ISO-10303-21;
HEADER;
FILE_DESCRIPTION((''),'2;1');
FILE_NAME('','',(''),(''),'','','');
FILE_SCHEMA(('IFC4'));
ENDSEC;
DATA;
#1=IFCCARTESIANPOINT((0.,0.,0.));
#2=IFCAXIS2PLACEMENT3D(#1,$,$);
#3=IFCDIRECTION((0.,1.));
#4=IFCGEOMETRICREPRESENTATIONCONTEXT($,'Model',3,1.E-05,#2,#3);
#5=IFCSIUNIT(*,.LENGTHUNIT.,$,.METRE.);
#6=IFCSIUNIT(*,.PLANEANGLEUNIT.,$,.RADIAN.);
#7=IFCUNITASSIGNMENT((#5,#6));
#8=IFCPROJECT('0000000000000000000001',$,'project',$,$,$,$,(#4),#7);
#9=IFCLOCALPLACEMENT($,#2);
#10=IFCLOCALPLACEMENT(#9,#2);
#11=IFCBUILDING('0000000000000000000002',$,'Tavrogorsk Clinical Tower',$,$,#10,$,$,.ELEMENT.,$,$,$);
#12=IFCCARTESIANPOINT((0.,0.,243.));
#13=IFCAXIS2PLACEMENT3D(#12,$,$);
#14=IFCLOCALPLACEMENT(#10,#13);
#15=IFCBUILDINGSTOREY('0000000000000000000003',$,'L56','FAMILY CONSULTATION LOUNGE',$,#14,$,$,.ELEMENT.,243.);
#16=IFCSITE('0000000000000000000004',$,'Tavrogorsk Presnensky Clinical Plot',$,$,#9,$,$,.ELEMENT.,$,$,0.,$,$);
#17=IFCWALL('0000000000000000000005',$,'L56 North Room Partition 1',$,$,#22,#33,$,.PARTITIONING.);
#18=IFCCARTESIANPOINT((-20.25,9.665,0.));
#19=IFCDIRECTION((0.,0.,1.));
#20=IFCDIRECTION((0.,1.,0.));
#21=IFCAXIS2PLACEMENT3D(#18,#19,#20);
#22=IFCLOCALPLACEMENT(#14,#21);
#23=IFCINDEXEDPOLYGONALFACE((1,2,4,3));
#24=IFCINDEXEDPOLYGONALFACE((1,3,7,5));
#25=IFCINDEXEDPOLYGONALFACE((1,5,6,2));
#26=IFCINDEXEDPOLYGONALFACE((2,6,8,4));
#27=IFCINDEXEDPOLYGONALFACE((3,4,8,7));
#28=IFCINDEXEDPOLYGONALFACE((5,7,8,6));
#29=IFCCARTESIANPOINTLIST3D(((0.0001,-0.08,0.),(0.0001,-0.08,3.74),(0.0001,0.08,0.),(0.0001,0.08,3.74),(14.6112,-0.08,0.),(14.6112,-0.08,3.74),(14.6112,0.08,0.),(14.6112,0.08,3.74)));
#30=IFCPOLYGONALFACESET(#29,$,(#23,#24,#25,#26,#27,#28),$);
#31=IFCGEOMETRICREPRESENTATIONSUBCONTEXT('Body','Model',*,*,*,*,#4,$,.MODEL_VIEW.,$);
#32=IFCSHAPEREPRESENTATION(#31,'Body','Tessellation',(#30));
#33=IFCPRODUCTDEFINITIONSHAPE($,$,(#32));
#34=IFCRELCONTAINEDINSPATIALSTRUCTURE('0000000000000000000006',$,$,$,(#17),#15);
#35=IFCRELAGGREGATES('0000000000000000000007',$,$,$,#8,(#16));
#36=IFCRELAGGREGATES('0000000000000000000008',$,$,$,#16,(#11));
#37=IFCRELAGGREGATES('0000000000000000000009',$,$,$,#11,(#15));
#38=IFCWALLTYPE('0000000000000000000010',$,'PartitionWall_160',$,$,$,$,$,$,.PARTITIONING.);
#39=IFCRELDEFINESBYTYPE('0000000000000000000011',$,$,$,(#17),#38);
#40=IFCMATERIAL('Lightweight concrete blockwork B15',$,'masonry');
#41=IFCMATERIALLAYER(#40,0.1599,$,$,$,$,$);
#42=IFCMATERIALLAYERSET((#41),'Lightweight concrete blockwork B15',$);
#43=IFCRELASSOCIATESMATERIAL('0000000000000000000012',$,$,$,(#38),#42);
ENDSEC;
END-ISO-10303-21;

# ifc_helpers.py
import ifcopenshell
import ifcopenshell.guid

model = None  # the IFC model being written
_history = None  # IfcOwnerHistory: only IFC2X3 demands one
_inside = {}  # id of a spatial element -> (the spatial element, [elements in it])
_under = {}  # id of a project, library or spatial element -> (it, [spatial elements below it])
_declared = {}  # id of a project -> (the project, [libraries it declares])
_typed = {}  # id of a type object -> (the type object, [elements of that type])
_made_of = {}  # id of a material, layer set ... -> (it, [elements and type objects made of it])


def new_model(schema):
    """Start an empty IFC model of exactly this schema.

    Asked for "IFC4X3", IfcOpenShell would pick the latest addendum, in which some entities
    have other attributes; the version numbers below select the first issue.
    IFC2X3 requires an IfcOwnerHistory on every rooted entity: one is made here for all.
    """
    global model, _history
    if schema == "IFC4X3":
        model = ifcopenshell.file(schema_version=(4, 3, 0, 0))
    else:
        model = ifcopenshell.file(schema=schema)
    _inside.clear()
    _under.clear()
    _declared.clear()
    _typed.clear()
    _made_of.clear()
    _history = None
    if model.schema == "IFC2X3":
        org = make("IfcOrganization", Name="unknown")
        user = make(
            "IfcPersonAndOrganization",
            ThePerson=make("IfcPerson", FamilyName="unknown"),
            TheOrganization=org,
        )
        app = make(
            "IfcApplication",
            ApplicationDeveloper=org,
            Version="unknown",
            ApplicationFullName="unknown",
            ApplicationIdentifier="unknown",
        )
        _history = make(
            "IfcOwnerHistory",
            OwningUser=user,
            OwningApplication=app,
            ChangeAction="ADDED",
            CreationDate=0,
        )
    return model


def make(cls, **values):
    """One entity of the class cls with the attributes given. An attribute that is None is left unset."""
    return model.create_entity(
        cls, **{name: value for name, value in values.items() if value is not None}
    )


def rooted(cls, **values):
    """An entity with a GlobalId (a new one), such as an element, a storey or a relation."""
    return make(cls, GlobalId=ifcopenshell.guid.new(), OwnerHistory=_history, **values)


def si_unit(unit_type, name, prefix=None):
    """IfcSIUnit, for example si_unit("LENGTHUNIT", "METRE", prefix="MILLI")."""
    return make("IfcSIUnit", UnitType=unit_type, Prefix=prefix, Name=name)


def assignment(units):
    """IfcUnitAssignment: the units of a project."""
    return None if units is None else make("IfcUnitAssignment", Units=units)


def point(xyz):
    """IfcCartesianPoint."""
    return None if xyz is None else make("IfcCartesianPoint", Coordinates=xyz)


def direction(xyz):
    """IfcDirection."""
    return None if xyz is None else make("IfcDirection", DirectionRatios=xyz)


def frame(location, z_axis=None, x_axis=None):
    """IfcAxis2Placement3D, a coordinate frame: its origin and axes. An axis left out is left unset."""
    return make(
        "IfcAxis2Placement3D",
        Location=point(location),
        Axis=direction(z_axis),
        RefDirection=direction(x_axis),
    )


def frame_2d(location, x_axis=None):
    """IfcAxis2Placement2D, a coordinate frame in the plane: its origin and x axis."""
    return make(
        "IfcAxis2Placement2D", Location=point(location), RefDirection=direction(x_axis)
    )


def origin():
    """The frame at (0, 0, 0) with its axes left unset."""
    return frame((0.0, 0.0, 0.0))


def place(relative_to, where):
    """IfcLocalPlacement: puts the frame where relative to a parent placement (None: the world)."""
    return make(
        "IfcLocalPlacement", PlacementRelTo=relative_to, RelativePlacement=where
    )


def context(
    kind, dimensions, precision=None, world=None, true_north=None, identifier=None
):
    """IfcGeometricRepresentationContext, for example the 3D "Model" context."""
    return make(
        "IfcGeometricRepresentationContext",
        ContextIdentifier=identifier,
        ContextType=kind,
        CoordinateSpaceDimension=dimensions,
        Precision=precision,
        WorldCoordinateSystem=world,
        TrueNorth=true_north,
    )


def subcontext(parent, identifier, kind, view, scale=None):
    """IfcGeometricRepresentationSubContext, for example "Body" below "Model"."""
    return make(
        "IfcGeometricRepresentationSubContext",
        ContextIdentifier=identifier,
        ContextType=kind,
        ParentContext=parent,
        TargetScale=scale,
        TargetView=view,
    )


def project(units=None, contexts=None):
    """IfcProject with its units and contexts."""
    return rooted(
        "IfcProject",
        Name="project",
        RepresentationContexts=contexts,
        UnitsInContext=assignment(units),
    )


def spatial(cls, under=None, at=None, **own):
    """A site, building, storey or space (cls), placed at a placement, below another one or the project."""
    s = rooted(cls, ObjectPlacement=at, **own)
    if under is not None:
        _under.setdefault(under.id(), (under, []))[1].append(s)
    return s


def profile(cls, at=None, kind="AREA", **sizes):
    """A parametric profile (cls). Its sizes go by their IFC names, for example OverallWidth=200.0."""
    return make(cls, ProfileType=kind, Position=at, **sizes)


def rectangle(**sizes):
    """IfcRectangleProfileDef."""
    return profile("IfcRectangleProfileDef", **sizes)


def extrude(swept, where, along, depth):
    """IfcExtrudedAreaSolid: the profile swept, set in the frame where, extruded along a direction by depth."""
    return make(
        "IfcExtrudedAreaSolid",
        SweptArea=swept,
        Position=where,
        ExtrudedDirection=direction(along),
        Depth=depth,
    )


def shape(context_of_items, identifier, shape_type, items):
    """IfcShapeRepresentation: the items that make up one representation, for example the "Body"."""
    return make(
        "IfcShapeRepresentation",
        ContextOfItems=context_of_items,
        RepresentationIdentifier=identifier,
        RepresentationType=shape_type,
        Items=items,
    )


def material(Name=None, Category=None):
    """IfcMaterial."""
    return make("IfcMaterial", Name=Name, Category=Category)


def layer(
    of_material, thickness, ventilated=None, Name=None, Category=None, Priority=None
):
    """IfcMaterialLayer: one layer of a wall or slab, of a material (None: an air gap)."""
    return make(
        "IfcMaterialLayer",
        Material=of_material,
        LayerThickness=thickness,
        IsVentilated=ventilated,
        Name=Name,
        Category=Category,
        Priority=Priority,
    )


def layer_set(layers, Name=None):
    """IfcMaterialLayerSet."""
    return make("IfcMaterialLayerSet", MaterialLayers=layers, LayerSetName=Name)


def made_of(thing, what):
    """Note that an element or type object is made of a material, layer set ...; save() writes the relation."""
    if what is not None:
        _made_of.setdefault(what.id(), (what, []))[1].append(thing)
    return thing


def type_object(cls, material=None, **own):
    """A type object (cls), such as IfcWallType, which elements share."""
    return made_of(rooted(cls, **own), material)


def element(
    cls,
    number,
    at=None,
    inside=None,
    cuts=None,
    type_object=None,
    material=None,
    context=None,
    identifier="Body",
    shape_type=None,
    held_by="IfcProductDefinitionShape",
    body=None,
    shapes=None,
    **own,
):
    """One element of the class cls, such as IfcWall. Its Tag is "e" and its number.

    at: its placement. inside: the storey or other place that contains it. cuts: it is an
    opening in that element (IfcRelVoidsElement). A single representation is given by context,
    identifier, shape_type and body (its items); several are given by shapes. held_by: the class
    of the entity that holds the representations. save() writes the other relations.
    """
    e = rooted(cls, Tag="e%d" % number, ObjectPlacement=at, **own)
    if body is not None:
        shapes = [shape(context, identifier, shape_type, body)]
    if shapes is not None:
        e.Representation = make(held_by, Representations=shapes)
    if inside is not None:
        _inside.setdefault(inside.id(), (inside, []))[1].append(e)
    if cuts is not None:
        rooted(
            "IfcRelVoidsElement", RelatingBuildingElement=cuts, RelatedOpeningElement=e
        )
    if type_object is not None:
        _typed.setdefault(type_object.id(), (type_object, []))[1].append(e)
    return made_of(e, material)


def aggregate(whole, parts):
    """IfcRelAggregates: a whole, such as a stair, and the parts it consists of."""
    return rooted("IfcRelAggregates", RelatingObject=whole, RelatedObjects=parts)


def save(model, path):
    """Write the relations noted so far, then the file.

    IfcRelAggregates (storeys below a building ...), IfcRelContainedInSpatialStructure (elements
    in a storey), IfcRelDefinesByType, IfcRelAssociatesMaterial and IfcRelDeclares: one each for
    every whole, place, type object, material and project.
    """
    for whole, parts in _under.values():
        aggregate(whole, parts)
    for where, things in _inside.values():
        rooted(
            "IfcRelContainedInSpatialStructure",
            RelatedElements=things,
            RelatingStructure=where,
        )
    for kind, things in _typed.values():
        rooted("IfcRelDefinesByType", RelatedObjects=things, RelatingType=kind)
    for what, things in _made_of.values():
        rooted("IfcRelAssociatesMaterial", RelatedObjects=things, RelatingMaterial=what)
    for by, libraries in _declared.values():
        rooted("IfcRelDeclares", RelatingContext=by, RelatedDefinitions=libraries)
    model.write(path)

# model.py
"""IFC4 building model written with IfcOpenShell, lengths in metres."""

from ifc_helpers import new_model, si_unit, direction, frame, frame_2d, origin, place, context, subcontext, project, spatial, rectangle, extrude, material, layer, layer_set, type_object, element, save


model = new_model("IFC4")

# Units and contexts
model_context = context("Model", 3, precision=1e-05, world=origin(), true_north=direction((0.0, 1.0)))
body_context = subcontext(model_context, "Body", "Model", "MODEL_VIEW")
ifc_project = project(units=[si_unit("LENGTHUNIT", "METRE"), si_unit("PLANEANGLEUNIT", "RADIAN")], contexts=[model_context])

# Site, building, storey
site_placement = place(None, origin())
site = spatial("IfcSite", under=ifc_project, at=site_placement, Name="Tavrogorsk Presnensky Clinical Plot", CompositionType="ELEMENT", RefElevation=0.0)
building_placement = place(site_placement, origin())
building = spatial("IfcBuilding", under=site, at=building_placement, Name="Tavrogorsk Clinical Tower", CompositionType="ELEMENT")
storey_placement = place(building_placement, frame((0.0, 0.0, 243.0)))
storey = spatial("IfcBuildingStorey", under=building, at=storey_placement, Name="L56", Description="FAMILY CONSULTATION LOUNGE", CompositionType="ELEMENT", Elevation=243.0)

# Wall
ifc_material_1 = material(Name="Lightweight concrete blockwork B15", Category="masonry")
ifc_layer_1 = layer(ifc_material_1, 0.1599)
ifc_layer_set_1 = layer_set([ifc_layer_1], Name="Lightweight concrete blockwork B15")
wall_type_1 = type_object("IfcWallType", Name="PartitionWall_160", PredefinedType="PARTITIONING", material=ifc_layer_set_1)
wall_1_placement = place(storey_placement, frame((-20.25, 9.665, 0.0), z_axis=(0.0, 0.0, 1.0), x_axis=(0.0, 1.0, 0.0)))
element("IfcWall", 1, at=wall_1_placement, inside=storey, type_object=wall_type_1, Name="L56 North Room Partition 1", PredefinedType="PARTITIONING", context=body_context, shape_type="SweptSolid", body=[
    extrude(rectangle(XDim=14.6111, YDim=0.1599, at=frame_2d((7.3057, 0.0))), origin(), (0.0, 0.0, 1.0), 3.74),
])

save(model, "model.ifc")
